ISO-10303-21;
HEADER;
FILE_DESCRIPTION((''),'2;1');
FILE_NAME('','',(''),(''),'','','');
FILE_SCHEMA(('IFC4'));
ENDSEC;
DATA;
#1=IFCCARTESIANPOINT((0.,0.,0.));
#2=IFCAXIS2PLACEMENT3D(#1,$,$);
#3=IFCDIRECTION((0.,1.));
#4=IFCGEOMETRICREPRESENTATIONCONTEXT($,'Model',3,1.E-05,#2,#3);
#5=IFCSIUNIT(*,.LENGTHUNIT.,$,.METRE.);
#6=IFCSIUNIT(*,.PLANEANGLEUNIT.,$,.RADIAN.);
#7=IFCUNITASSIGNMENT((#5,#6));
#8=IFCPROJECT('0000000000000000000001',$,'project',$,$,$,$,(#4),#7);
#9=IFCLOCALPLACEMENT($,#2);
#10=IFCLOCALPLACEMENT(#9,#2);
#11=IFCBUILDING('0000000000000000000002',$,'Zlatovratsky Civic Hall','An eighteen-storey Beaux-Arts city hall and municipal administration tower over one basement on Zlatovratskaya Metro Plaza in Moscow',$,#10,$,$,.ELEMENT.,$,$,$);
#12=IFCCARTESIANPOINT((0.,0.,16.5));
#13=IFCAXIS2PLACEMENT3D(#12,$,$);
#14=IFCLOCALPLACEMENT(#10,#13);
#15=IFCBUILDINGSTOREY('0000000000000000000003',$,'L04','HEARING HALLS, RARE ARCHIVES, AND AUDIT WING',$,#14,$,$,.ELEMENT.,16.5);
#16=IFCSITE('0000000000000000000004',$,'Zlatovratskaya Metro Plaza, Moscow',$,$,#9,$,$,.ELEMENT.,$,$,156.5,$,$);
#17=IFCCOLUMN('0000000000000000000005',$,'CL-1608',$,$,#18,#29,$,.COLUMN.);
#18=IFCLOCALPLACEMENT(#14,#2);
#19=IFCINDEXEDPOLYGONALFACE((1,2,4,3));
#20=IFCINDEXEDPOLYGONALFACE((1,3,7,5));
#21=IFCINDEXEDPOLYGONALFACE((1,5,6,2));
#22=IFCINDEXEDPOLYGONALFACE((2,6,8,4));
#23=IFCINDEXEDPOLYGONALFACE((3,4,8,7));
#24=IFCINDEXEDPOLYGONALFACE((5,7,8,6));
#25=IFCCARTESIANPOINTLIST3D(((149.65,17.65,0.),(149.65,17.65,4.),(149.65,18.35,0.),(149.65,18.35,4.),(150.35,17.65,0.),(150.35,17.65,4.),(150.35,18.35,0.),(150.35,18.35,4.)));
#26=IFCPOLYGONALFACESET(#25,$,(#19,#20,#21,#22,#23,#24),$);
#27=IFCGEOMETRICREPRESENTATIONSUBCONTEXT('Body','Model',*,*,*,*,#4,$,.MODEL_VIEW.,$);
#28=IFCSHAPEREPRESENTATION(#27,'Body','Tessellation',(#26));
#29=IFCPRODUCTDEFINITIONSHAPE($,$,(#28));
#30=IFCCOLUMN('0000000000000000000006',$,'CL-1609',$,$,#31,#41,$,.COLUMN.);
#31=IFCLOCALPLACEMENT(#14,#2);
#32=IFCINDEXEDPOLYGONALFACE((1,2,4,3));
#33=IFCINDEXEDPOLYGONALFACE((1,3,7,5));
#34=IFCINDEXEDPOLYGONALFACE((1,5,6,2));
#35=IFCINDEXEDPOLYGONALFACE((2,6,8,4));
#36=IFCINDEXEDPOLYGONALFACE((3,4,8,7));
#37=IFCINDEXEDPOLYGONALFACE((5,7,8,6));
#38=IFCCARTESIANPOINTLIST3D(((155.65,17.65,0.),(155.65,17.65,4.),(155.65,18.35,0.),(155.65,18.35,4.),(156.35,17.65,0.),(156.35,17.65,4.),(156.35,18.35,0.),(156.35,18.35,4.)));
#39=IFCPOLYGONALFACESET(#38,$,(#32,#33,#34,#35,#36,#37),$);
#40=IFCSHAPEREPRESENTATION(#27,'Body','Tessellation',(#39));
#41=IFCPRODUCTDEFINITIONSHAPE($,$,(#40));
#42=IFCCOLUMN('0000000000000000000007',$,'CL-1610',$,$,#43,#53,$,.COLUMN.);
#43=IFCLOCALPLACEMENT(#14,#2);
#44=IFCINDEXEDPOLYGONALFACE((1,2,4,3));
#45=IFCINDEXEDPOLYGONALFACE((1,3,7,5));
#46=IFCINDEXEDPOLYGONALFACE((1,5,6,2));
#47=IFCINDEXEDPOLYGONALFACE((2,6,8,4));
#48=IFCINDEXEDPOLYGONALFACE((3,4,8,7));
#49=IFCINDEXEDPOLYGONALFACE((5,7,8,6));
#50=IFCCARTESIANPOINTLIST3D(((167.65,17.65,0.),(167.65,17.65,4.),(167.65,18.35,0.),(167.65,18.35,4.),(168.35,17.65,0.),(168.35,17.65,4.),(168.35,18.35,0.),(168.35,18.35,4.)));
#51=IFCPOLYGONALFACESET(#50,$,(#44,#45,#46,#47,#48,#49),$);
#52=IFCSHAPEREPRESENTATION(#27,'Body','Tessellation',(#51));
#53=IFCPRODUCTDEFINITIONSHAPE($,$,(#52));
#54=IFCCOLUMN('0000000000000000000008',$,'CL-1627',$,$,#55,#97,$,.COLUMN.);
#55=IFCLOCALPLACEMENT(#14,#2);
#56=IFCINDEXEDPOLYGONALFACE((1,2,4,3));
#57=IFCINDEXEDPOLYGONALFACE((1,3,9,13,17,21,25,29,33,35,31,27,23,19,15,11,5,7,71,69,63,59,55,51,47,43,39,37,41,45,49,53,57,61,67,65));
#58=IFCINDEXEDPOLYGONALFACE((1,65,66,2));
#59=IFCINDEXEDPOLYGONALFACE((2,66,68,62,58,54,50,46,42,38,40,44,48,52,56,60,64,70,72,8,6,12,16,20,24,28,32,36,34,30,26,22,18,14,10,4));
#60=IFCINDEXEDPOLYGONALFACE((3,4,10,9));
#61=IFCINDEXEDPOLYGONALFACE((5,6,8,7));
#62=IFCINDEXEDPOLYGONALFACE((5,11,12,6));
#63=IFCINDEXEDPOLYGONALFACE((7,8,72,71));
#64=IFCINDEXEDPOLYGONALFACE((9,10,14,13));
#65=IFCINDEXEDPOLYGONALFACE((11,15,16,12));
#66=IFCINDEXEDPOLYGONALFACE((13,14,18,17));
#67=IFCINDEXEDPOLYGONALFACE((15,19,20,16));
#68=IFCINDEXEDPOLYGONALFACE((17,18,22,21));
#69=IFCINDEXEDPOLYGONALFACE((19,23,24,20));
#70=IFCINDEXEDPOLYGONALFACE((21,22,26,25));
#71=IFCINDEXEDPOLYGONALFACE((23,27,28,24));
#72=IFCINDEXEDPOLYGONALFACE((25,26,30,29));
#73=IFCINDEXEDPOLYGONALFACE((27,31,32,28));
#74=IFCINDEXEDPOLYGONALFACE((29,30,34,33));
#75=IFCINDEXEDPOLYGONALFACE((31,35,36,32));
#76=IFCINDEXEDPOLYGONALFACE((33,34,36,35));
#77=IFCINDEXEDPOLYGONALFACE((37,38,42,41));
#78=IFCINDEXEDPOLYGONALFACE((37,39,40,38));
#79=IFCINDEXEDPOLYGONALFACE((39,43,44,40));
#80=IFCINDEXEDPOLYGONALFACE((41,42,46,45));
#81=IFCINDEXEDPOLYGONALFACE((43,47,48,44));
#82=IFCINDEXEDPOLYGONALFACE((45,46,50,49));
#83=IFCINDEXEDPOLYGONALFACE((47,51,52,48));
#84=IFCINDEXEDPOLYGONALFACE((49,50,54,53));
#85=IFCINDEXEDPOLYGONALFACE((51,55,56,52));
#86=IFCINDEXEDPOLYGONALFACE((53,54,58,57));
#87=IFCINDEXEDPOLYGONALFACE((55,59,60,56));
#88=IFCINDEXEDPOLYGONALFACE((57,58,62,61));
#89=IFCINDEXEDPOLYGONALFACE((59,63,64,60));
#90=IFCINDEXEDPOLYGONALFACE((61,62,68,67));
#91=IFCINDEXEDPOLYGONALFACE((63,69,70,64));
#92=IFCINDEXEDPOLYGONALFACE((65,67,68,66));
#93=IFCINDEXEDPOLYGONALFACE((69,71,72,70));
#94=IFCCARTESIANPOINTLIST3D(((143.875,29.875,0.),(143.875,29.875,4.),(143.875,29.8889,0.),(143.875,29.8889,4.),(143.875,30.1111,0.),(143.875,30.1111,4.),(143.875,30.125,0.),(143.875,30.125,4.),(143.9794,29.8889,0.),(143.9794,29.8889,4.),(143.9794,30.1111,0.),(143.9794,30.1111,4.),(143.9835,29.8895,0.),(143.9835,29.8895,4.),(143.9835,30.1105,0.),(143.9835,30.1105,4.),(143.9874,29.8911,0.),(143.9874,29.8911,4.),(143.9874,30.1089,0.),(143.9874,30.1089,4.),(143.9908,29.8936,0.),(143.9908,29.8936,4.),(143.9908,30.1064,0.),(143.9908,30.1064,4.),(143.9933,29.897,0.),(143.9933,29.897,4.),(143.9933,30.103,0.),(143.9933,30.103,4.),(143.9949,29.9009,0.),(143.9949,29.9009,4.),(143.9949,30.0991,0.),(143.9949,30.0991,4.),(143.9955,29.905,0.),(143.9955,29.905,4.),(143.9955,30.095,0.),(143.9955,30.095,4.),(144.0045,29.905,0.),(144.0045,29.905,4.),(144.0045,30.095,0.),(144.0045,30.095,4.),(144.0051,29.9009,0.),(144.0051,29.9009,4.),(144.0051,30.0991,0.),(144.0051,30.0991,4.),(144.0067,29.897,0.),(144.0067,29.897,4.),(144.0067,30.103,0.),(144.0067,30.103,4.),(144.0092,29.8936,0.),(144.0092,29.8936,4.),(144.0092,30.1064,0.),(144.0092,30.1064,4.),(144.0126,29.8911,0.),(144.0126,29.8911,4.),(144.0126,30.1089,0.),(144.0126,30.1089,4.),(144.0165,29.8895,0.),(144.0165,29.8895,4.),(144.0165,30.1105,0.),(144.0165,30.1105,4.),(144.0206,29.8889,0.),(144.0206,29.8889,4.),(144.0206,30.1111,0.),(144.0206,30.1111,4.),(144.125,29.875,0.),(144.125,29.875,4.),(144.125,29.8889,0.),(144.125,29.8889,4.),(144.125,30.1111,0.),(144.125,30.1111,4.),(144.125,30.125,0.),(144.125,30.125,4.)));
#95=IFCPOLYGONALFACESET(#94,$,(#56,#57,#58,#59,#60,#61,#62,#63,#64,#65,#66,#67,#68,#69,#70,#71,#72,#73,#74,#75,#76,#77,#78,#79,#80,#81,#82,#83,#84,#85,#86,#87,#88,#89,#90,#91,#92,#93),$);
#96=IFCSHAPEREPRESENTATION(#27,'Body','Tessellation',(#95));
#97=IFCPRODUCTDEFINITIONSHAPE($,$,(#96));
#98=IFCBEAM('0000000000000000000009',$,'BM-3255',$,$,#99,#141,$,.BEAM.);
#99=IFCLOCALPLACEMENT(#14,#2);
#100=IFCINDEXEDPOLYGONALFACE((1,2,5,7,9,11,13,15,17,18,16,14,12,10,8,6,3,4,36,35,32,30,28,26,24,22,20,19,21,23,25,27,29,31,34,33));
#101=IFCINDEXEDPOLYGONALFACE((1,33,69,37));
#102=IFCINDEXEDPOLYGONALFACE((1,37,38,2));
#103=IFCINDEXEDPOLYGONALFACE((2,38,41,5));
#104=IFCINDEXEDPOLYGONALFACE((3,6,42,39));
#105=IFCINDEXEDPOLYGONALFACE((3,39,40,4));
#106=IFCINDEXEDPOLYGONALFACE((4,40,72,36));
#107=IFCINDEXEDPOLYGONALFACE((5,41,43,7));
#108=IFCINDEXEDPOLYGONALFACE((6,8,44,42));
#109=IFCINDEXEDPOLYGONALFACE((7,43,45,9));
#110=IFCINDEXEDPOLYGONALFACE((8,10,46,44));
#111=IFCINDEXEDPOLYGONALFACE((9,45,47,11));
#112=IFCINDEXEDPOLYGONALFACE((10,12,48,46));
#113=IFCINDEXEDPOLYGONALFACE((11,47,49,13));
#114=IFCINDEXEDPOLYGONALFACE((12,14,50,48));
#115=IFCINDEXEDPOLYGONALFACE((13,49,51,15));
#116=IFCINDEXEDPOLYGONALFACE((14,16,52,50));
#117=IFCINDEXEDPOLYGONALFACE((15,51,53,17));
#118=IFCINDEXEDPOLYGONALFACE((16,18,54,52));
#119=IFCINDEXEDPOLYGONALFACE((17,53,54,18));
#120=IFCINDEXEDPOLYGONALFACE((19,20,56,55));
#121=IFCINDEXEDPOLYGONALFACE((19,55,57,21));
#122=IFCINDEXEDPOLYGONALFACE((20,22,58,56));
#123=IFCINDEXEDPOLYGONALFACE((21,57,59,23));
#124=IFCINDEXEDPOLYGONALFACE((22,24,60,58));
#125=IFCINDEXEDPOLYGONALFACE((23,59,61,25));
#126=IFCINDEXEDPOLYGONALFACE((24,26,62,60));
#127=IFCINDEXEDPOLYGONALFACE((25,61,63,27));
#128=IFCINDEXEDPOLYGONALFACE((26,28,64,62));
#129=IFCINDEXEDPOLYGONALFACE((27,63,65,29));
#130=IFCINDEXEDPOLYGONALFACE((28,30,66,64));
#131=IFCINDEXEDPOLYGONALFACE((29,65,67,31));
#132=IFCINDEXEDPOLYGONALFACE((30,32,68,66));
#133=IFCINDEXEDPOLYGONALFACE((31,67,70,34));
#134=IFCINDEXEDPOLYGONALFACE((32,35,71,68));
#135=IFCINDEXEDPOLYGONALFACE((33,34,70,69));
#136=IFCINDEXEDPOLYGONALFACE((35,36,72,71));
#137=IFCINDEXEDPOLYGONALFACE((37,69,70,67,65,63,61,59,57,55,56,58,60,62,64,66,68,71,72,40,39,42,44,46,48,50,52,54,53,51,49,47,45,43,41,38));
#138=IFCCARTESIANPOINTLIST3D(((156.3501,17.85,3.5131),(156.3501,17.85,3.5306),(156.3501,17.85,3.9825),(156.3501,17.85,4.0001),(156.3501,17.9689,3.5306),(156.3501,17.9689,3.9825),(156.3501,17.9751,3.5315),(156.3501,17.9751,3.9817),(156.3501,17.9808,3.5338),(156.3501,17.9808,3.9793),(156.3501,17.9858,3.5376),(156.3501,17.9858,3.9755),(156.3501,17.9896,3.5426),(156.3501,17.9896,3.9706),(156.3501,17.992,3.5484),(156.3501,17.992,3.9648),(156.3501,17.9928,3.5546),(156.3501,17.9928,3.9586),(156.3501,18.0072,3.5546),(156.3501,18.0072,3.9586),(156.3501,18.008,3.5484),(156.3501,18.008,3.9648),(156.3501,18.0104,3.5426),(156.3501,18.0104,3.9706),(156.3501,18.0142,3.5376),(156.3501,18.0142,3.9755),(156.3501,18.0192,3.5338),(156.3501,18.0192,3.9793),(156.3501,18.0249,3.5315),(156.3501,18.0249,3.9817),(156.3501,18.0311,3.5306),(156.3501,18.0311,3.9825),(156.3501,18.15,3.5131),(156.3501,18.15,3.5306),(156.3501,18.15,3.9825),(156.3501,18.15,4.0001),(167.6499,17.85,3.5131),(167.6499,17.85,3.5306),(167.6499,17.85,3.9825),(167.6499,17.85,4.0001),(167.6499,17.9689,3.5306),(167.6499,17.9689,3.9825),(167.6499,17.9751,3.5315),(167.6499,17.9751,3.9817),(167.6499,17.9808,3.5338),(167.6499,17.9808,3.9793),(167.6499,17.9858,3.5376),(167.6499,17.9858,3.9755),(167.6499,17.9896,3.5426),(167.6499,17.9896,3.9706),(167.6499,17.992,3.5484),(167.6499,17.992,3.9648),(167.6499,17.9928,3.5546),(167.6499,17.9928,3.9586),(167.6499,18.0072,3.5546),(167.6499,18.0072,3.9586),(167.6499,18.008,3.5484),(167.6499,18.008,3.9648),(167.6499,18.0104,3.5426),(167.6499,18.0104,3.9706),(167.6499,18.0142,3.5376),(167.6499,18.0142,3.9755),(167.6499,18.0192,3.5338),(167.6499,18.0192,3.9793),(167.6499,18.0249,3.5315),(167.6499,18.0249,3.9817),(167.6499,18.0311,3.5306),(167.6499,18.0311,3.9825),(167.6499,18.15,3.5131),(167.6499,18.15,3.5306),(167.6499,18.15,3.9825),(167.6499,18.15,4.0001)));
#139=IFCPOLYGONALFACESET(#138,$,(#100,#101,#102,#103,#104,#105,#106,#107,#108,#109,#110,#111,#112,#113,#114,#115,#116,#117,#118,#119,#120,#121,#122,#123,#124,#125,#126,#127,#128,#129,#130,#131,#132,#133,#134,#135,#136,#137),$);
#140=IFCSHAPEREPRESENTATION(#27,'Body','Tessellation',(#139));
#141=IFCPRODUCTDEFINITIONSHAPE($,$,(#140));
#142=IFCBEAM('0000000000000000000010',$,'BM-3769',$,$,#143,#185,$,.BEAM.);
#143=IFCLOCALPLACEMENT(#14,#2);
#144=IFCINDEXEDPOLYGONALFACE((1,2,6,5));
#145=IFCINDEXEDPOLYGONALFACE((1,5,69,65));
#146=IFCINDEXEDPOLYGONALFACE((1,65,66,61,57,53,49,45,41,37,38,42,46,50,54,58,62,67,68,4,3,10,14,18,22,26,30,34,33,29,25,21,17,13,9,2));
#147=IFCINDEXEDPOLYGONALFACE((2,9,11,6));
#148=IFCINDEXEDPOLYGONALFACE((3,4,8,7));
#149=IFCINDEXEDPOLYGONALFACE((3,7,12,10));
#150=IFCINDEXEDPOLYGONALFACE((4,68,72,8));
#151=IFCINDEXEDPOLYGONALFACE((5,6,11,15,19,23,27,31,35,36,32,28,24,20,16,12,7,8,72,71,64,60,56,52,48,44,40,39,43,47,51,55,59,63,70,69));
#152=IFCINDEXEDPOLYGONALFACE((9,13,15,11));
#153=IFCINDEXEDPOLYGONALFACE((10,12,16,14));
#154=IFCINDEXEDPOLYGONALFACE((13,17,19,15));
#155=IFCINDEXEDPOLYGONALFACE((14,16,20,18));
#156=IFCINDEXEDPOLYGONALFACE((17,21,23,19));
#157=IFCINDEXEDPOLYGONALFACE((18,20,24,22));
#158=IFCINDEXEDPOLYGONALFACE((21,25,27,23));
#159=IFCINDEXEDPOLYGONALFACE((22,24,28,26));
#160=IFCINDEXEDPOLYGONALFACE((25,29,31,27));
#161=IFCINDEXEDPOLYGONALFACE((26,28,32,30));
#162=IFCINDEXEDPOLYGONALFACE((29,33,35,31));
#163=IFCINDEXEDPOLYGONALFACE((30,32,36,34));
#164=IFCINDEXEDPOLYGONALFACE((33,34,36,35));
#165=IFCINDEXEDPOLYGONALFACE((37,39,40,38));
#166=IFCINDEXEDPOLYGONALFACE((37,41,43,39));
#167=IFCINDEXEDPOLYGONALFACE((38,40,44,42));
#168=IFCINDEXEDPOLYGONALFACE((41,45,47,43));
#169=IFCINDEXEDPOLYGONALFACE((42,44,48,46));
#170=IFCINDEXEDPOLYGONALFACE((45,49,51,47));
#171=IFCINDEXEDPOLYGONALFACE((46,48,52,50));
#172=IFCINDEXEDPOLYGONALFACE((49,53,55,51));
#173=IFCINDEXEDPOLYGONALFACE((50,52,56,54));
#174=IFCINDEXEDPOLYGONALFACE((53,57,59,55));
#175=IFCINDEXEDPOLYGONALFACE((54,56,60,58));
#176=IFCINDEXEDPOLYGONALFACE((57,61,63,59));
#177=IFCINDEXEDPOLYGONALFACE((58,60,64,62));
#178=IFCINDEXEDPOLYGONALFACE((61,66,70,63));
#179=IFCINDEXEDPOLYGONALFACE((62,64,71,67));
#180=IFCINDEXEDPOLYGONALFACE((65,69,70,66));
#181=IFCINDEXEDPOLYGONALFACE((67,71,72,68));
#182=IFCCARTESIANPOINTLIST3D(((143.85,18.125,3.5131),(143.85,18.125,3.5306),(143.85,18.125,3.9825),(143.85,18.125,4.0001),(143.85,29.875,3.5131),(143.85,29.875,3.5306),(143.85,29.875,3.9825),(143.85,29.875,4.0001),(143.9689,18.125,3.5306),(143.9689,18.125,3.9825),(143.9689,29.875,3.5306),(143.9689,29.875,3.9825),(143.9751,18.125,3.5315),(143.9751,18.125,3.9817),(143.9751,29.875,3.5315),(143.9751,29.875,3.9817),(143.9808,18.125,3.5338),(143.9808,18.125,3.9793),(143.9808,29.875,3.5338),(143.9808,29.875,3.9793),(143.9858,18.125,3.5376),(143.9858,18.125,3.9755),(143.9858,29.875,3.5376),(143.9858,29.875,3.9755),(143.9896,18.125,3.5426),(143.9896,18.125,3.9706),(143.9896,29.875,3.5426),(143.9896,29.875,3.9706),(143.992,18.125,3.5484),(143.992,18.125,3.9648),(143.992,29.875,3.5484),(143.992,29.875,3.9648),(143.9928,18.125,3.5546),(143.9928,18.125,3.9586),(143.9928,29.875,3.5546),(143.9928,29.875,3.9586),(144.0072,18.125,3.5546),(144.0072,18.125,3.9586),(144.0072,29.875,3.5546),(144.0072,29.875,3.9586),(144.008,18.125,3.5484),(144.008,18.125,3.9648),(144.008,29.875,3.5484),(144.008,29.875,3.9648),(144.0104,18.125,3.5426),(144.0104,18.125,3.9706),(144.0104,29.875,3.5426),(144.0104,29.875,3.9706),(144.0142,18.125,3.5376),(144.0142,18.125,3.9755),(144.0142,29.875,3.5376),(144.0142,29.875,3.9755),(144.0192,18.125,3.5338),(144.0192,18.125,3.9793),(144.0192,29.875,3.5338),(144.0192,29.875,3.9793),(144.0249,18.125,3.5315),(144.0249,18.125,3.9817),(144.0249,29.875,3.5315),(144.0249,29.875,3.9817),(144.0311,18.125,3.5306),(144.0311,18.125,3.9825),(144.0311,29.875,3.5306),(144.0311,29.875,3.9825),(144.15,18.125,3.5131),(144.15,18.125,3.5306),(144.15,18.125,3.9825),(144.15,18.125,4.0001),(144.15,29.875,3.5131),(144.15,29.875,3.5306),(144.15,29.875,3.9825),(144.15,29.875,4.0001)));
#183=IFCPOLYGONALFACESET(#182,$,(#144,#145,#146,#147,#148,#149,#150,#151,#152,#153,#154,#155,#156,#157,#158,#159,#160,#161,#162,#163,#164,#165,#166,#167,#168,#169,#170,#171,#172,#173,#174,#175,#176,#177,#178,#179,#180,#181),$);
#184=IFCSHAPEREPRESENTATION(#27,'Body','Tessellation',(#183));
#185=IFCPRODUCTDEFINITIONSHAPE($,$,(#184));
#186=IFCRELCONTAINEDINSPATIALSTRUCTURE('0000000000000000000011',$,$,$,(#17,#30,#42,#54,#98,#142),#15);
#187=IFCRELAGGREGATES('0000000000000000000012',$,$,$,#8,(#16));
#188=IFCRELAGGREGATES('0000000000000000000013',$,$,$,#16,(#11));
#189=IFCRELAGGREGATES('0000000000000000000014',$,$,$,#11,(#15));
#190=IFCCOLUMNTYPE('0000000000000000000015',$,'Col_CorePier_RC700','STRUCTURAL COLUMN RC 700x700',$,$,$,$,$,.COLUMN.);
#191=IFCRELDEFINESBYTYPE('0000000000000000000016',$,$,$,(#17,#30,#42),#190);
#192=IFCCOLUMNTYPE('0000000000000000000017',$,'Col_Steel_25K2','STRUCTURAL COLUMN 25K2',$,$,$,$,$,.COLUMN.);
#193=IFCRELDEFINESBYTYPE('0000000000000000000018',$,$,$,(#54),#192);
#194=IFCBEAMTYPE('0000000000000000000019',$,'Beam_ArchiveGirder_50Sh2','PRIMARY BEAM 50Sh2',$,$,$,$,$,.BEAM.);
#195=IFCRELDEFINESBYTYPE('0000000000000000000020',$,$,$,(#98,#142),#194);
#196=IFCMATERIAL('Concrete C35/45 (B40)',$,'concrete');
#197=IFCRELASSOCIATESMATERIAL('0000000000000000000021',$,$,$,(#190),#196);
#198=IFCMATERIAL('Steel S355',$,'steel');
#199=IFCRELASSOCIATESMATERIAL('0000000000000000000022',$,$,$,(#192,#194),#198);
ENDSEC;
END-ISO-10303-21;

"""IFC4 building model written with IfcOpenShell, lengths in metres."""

from ifc_helpers import new_model, si_unit, direction, frame, origin, origin_2d, place, context, subcontext, project, spatial, rectangle, i_section, extrude, material, material_profile, profile_set, type_object, element, save


model = new_model("IFC4")

# Units and contexts
model_context = context("Model", 3, precision=1e-05, world=origin(), true_north=direction((0.0, 1.0)))
body_context = subcontext(model_context, "Body", "Model", "MODEL_VIEW")
ifc_project = project(units=[si_unit("LENGTHUNIT", "METRE"), si_unit("PLANEANGLEUNIT", "RADIAN")], contexts=[model_context])

# Site, building, storey
site_placement = place(None, origin())
site = spatial("IfcSite", under=ifc_project, at=site_placement, Name="Zlatovratskaya Metro Plaza, Moscow", CompositionType="ELEMENT", RefElevation=156.5)
building_placement = place(site_placement, origin())
building = spatial("IfcBuilding", under=site, at=building_placement, Name="Zlatovratsky Civic Hall", Description="An eighteen-storey Beaux-Arts city hall and municipal administration tower over one basement on Zlatovratskaya Metro Plaza in Moscow", CompositionType="ELEMENT")
storey_placement = place(building_placement, frame((0.0, 0.0, 16.5)))
storey = spatial("IfcBuildingStorey", under=building, at=storey_placement, Name="L04", Description="HEARING HALLS, RARE ARCHIVES, AND AUDIT WING", CompositionType="ELEMENT", Elevation=16.5)

# Columns
ifc_material_1 = material(Name="Concrete C35/45 (B40)", Category="concrete")
ifc_material_profile_1 = material_profile(ifc_material_1, rectangle(XDim=0.7, YDim=0.7, at=origin_2d()), Name="RC 700x700")
ifc_profile_set_1 = profile_set([ifc_material_profile_1], Name="Concrete C35/45 (B40)")
column_type_1 = type_object("IfcColumnType", Name="Col_CorePier_RC700", Description="STRUCTURAL COLUMN RC 700x700", PredefinedType="COLUMN", material=ifc_profile_set_1)
for number, where, z_axis, x_axis, name in (
    (1, (150.0, 18.0, 0.0), (0.0, 0.0, 1.0), (1.0, 0.0, 0.0), "CL-1608"),
    (2, (156.0, 18.0, 0.0), (0.0, 0.0, 1.0), (1.0, 0.0, 0.0), "CL-1609"),
    (3, (168.0, 18.0, 0.0), (0.0, 0.0, 1.0), (1.0, 0.0, 0.0), "CL-1610"),
):
    element("IfcColumn", number, at=place(storey_placement, frame(where, z_axis=z_axis, x_axis=x_axis)), inside=storey, type_object=column_type_1, Name=name, PredefinedType="COLUMN", context=body_context, shape_type="SweptSolid", body=[
        extrude(rectangle(XDim=0.7, YDim=0.7, at=origin_2d()), origin(), (0.0, 0.0, 1.0), 4.0),
    ])
ifc_material_2 = material(Name="Steel S355", Category="steel")
ifc_material_profile_2 = material_profile(ifc_material_2, i_section(OverallWidth=0.25, OverallDepth=0.25, WebThickness=0.009, FlangeThickness=0.0139, FilletRadius=0.0161, at=origin_2d()), Name="25K2")
ifc_profile_set_2 = profile_set([ifc_material_profile_2], Name="Steel S355")
column_type_2 = type_object("IfcColumnType", Name="Col_Steel_25K2", Description="STRUCTURAL COLUMN 25K2", PredefinedType="COLUMN", material=ifc_profile_set_2)
column_placement = place(storey_placement, frame((144.0, 30.0, 0.0), z_axis=(0.0, 0.0, 1.0), x_axis=(1.0, 0.0, 0.0)))
element("IfcColumn", 4, at=column_placement, inside=storey, type_object=column_type_2, Name="CL-1627", PredefinedType="COLUMN", context=body_context, shape_type="SweptSolid", body=[
    extrude(i_section(OverallWidth=0.25, OverallDepth=0.25, WebThickness=0.009, FlangeThickness=0.0139, FilletRadius=0.0161, at=origin_2d()), origin(), (0.0, 0.0, 1.0), 4.0),
])

# Beams
ifc_material_profile_3 = material_profile(ifc_material_2, i_section(OverallWidth=0.3, OverallDepth=0.4871, WebThickness=0.0144, FlangeThickness=0.0176, FilletRadius=0.0239, at=origin_2d()), Name="50Sh2")
ifc_profile_set_3 = profile_set([ifc_material_profile_3], Name="Steel S355")
beam_type_1 = type_object("IfcBeamType", Name="Beam_ArchiveGirder_50Sh2", Description="PRIMARY BEAM 50Sh2", PredefinedType="BEAM", material=ifc_profile_set_3)
beam_1_placement = place(storey_placement, frame((156.3501, 18.0, 3.7566), z_axis=(1.0, 0.0, 0.0), x_axis=(0.0, 1.0, 0.0)))
element("IfcBeam", 5, at=beam_1_placement, inside=storey, type_object=beam_type_1, Name="BM-3255", PredefinedType="BEAM", context=body_context, shape_type="SweptSolid", body=[
    extrude(i_section(OverallWidth=0.3, OverallDepth=0.4871, WebThickness=0.0144, FlangeThickness=0.0176, FilletRadius=0.0239, at=origin_2d()), origin(), (0.0, 0.0, 1.0), 11.2998),
])
beam_2_placement = place(storey_placement, frame((144.0, 18.125, 3.7566), z_axis=(0.0, 1.0, 0.0), x_axis=(-1.0, 0.0, 0.0)))
element("IfcBeam", 6, at=beam_2_placement, inside=storey, type_object=beam_type_1, Name="BM-3769", PredefinedType="BEAM", context=body_context, shape_type="SweptSolid", body=[
    extrude(i_section(OverallWidth=0.3, OverallDepth=0.4871, WebThickness=0.0144, FlangeThickness=0.0176, FilletRadius=0.0239, at=origin_2d()), origin(), (0.0, 0.0, 1.0), 11.75),
])

save(model, "model.ifc")
